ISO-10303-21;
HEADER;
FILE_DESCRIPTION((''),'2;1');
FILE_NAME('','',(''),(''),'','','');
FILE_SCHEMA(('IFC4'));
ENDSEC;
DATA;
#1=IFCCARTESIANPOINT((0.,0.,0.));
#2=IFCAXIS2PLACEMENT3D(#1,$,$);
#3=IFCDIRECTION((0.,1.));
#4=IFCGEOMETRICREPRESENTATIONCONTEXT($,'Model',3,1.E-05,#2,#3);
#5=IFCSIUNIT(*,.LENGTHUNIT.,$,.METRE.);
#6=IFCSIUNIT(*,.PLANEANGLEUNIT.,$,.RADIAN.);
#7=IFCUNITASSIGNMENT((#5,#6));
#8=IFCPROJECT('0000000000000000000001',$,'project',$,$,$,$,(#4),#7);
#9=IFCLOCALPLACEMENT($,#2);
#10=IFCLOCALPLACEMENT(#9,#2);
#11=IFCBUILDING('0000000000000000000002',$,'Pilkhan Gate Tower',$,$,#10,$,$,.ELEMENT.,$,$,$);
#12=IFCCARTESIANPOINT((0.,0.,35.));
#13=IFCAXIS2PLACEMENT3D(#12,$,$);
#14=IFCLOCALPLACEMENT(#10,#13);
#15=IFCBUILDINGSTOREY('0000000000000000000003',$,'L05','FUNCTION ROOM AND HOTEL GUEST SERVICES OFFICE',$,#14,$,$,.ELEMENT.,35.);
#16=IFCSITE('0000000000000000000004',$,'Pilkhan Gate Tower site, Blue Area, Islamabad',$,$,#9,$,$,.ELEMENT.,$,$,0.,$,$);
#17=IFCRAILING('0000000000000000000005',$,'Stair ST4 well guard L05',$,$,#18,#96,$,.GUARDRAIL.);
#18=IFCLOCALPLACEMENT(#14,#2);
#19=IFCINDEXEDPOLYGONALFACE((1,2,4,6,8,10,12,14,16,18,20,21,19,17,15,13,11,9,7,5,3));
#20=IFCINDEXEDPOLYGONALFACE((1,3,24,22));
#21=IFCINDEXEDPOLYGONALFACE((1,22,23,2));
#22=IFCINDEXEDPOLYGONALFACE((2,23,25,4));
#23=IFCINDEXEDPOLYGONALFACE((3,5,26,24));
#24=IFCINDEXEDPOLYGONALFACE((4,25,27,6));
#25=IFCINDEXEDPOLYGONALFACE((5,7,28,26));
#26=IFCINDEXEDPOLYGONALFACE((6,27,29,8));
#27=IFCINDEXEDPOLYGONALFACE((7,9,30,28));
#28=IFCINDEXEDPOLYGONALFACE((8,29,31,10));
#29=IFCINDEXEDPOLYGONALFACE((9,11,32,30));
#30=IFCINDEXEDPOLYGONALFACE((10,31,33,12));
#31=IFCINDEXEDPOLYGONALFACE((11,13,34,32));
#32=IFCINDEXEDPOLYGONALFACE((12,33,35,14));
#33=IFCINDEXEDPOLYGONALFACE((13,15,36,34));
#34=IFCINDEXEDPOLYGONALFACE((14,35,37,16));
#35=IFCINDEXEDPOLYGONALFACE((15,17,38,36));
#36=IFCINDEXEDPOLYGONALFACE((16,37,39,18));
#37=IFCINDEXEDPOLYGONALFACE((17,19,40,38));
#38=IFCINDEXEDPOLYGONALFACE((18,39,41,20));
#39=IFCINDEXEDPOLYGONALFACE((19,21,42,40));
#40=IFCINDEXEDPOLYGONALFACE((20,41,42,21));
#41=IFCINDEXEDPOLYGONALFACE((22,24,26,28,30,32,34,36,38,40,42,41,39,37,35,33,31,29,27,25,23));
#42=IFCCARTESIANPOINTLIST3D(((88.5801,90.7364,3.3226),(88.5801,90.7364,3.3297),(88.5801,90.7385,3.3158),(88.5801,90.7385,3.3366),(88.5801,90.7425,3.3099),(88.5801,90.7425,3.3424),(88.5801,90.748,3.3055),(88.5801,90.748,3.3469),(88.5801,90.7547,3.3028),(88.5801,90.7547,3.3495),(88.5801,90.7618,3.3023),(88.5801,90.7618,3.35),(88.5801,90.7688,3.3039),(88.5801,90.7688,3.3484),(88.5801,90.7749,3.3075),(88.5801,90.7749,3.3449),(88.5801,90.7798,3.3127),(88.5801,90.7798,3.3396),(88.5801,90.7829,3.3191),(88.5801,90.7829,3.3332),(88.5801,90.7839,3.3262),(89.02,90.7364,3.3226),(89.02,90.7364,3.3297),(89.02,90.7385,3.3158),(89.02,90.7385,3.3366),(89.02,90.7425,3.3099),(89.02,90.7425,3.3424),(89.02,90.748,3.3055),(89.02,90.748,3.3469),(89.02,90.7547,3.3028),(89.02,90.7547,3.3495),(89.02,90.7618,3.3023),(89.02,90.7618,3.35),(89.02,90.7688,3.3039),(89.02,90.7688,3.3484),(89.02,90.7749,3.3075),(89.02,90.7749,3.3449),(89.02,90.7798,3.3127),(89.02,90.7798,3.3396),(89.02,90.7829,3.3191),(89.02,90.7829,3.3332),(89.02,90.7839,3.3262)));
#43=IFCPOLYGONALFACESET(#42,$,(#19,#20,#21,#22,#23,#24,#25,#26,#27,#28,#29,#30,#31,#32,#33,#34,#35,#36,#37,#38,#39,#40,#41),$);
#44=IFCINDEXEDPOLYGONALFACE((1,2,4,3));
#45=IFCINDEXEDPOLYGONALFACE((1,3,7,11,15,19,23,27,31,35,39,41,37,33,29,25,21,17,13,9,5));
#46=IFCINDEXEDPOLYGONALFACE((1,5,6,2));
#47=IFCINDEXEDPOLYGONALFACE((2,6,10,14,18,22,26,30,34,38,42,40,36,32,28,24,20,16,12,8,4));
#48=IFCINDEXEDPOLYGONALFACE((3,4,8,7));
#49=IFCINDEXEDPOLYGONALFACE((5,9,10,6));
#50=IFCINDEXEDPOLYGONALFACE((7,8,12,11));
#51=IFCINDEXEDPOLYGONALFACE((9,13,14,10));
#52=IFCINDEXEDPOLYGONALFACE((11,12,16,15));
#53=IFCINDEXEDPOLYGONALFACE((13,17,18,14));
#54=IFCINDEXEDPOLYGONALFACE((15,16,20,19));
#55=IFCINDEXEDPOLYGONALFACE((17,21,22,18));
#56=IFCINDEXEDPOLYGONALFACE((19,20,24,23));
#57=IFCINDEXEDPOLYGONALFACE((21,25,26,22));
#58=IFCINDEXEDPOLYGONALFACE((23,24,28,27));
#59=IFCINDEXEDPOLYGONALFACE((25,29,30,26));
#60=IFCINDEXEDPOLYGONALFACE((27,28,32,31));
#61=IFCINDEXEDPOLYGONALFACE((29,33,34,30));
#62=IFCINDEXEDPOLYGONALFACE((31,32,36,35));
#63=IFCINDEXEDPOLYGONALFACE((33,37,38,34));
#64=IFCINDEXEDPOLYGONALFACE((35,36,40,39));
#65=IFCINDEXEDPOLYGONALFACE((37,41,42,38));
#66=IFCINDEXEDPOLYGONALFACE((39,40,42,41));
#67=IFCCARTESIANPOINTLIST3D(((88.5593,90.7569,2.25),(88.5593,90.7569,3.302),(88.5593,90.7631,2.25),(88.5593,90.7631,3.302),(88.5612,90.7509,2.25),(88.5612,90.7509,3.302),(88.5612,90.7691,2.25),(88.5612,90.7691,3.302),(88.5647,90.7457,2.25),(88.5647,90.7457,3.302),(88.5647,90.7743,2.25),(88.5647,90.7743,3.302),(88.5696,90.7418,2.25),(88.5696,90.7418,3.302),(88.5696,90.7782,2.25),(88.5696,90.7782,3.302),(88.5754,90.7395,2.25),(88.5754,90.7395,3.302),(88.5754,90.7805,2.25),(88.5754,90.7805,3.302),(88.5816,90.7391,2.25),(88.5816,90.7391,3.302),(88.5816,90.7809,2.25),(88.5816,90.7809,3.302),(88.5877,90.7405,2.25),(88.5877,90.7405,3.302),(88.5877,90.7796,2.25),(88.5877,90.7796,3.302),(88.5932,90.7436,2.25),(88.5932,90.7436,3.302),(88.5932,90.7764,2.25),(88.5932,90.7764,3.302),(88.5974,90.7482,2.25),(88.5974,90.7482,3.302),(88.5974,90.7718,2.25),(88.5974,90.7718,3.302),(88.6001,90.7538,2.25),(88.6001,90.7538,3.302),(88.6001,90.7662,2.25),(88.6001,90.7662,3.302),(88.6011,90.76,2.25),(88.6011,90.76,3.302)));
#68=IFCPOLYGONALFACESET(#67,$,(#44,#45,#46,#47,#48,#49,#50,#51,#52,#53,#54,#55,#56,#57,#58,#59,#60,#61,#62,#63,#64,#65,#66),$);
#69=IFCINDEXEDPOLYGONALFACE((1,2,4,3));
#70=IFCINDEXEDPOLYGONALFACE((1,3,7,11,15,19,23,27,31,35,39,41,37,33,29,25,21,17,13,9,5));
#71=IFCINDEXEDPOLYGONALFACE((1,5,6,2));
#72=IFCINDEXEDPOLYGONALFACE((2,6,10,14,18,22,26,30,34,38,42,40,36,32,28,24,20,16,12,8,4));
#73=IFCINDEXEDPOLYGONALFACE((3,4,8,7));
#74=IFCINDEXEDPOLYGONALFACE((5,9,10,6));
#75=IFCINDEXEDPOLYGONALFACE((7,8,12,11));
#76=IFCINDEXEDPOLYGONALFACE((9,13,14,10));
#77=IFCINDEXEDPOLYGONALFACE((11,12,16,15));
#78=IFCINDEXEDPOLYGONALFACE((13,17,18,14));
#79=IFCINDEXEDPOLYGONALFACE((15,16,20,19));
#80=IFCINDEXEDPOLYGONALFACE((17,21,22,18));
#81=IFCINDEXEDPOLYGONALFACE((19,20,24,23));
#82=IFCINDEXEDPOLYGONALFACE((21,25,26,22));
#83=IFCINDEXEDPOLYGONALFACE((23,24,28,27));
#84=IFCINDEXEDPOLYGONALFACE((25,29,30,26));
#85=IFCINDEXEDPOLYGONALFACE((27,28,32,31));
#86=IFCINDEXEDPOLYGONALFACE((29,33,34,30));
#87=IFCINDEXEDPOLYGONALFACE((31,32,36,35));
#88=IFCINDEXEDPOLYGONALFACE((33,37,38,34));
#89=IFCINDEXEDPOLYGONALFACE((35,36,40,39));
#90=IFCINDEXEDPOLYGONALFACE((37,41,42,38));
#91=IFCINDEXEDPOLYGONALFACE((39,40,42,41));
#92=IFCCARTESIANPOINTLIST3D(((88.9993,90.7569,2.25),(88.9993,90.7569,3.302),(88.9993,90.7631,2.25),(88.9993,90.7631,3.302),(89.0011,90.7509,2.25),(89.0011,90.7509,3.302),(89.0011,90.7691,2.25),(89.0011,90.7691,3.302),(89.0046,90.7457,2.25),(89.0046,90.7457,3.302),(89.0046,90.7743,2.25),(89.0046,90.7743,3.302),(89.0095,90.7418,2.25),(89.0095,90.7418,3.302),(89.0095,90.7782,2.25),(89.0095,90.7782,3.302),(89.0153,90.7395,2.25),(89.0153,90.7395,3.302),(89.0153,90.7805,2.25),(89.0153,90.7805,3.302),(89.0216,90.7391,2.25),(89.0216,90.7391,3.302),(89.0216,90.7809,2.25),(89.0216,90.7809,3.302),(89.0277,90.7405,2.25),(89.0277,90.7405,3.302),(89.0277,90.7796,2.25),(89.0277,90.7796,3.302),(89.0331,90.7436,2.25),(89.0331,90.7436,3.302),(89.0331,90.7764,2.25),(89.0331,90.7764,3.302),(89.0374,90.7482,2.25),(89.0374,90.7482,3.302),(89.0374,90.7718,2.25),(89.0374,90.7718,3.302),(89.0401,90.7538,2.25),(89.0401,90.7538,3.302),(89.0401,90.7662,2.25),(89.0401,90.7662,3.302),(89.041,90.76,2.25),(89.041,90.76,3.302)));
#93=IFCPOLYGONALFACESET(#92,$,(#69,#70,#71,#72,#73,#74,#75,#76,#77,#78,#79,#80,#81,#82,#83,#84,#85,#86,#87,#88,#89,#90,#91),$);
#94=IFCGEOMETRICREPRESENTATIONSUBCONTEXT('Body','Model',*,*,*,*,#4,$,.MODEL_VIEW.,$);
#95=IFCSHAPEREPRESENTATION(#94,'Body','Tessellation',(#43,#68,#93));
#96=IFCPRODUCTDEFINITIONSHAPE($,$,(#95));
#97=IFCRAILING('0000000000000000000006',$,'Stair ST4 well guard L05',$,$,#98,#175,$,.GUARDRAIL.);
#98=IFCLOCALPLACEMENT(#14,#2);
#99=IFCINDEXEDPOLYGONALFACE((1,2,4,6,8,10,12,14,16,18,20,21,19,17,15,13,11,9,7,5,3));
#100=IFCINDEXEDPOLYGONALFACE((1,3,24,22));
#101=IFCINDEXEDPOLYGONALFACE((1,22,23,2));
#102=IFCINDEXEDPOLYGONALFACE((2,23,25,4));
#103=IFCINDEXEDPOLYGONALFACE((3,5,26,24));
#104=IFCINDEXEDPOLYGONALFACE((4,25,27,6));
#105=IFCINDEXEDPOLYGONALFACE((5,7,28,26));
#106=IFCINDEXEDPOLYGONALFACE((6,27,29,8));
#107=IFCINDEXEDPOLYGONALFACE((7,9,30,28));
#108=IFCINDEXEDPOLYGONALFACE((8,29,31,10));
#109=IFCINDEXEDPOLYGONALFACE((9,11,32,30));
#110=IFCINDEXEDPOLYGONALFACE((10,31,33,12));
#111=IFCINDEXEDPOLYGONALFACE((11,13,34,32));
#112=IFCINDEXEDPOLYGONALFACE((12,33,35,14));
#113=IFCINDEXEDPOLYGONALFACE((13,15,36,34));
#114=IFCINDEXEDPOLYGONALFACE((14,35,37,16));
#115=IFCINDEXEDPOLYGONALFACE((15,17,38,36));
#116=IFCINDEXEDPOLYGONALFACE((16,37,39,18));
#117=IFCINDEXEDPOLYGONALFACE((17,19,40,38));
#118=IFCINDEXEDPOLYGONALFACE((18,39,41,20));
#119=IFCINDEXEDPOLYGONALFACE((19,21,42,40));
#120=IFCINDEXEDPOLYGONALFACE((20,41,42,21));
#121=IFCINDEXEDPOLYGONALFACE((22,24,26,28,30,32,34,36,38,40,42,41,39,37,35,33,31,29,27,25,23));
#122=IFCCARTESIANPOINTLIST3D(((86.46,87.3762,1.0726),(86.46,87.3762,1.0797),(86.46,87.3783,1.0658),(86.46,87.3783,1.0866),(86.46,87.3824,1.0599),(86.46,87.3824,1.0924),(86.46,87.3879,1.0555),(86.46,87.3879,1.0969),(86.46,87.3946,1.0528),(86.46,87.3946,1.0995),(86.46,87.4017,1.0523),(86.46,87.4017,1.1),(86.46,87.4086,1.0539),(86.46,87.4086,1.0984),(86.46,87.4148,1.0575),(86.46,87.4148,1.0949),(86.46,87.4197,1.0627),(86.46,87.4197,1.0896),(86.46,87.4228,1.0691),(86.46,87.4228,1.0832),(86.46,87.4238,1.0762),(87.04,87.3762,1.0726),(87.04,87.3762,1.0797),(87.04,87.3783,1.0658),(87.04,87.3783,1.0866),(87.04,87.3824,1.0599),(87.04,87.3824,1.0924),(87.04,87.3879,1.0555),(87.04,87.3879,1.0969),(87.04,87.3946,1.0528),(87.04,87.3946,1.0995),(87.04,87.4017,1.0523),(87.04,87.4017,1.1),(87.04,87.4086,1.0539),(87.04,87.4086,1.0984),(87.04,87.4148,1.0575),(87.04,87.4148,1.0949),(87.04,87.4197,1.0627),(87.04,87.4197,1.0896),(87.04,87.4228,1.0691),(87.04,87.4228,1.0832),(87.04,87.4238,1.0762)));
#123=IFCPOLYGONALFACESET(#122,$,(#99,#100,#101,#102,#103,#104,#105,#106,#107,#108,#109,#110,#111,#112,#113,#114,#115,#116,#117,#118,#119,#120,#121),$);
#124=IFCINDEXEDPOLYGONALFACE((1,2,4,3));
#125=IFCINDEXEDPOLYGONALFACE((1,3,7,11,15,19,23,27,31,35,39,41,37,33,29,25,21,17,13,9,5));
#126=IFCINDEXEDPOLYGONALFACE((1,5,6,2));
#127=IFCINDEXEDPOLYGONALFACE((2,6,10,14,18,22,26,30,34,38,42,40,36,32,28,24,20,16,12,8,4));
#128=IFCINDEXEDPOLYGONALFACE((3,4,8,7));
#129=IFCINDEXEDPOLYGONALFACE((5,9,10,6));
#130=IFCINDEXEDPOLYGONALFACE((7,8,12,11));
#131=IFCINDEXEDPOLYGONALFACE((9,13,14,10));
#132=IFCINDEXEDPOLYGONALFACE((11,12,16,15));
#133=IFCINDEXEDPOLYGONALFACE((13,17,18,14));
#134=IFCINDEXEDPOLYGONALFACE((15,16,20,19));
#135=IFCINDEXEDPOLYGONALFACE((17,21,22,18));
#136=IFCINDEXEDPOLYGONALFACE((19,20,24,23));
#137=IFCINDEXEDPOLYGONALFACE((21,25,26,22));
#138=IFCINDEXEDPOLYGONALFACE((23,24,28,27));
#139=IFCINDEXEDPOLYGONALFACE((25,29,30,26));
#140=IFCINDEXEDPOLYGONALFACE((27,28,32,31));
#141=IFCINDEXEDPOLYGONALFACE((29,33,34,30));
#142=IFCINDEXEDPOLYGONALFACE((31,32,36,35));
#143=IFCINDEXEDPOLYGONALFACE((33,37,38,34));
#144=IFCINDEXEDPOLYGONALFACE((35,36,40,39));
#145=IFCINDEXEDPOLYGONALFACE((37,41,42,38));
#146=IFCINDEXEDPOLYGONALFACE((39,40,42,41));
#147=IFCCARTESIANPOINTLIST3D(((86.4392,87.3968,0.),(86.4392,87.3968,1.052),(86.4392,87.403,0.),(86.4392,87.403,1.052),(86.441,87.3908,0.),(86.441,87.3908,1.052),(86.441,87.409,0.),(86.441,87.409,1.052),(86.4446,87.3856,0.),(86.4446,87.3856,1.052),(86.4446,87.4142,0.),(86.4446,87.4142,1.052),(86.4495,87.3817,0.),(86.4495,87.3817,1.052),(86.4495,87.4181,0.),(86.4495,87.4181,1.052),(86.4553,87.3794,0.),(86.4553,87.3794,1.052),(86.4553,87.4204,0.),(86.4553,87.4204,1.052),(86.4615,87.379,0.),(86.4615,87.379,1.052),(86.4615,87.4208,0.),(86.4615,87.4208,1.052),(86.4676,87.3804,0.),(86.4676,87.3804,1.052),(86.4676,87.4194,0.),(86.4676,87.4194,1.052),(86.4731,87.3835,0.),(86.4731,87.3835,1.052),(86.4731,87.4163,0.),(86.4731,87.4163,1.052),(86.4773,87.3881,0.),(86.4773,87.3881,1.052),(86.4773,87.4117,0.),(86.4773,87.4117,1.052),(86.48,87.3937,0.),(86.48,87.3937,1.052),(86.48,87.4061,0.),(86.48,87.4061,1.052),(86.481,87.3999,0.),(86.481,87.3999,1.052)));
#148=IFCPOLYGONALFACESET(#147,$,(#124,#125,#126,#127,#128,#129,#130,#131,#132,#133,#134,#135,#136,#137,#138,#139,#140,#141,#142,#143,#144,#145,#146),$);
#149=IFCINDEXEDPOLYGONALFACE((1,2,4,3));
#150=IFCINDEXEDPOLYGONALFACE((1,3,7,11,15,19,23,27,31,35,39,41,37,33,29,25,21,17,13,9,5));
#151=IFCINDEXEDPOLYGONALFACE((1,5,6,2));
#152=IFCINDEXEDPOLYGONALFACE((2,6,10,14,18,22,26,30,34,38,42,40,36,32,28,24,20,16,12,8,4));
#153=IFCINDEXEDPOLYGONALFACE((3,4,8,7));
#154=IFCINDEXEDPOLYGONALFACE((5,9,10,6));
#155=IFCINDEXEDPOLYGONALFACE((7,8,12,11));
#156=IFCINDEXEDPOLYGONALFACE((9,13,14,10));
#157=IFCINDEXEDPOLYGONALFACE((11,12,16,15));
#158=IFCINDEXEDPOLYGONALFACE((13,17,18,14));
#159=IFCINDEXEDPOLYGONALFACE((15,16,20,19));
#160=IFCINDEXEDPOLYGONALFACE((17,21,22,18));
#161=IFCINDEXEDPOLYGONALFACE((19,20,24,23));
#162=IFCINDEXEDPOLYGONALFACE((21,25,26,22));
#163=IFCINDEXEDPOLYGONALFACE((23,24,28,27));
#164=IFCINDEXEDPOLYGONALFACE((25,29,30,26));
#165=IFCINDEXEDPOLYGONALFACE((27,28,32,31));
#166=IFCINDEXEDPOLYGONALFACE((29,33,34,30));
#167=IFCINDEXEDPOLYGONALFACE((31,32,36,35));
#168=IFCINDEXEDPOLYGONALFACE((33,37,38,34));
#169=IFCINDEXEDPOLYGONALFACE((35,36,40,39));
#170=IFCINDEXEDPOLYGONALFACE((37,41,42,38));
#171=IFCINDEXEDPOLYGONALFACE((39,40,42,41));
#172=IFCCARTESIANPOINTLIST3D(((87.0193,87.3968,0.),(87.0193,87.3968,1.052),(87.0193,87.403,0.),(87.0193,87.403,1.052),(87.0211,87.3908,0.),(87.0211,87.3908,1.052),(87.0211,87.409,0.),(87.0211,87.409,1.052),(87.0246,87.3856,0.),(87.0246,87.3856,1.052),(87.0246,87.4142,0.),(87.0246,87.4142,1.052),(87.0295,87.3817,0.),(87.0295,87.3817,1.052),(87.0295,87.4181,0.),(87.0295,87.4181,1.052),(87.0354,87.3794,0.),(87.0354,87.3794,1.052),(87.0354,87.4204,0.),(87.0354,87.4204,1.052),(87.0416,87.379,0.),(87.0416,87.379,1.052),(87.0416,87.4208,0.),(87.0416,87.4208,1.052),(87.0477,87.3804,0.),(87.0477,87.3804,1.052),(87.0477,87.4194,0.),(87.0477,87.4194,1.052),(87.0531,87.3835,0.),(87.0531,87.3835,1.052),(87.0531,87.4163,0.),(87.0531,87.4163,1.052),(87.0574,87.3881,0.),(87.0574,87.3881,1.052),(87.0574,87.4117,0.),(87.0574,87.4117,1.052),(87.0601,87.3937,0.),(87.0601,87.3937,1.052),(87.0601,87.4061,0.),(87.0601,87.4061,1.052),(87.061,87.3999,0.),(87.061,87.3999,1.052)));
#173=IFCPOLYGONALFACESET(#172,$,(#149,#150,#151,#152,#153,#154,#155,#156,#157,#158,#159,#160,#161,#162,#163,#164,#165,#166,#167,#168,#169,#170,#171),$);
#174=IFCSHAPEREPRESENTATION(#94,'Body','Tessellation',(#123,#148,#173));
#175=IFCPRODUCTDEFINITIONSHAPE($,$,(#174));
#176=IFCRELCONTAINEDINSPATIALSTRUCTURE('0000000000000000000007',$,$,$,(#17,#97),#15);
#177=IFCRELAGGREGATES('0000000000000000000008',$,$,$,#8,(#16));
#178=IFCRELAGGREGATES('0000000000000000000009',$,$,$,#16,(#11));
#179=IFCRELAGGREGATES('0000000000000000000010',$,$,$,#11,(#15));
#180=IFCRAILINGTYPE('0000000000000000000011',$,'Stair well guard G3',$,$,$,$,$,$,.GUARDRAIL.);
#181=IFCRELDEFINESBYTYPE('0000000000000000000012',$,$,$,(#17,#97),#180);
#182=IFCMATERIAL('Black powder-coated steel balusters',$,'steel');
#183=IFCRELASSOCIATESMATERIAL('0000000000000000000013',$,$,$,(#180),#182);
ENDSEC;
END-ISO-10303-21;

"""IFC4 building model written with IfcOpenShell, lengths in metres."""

from ifc_helpers import new_model, si_unit, direction, frame, origin, origin_2d, place, context, subcontext, project, spatial, circle, extrude, material, type_object, element, save


model = new_model("IFC4")

# Units and contexts
model_context = context("Model", 3, precision=1e-05, world=origin(), true_north=direction((0.0, 1.0)))
body_context = subcontext(model_context, "Body", "Model", "MODEL_VIEW")
ifc_project = project(units=[si_unit("LENGTHUNIT", "METRE"), si_unit("PLANEANGLEUNIT", "RADIAN")], contexts=[model_context])

# Site, building, storey
site_placement = place(None, origin())
site = spatial("IfcSite", under=ifc_project, at=site_placement, Name="Pilkhan Gate Tower site, Blue Area, Islamabad", CompositionType="ELEMENT", RefElevation=0.0)
building_placement = place(site_placement, origin())
building = spatial("IfcBuilding", under=site, at=building_placement, Name="Pilkhan Gate Tower", CompositionType="ELEMENT")
storey_placement = place(building_placement, frame((0.0, 0.0, 35.0)))
storey = spatial("IfcBuildingStorey", under=building, at=storey_placement, Name="L05", Description="FUNCTION ROOM AND HOTEL GUEST SERVICES OFFICE", CompositionType="ELEMENT", Elevation=35.0)

# Railings
ifc_material_1 = material(Name="Black powder-coated steel balusters", Category="steel")
railing_type_1 = type_object("IfcRailingType", Name="Stair well guard G3", PredefinedType="GUARDRAIL", material=ifc_material_1)
railing_1_placement = place(storey_placement, frame((88.5801, 90.76, 2.25)))
element("IfcRailing", 1, at=railing_1_placement, inside=storey, type_object=railing_type_1, Name="Stair ST4 well guard L05", PredefinedType="GUARDRAIL", context=body_context, shape_type="SweptSolid", body=[
    extrude(circle(Radius=0.0239, at=origin_2d()), frame((0.0, 0.0, 1.0762), z_axis=(1.0, 0.0, 0.0), x_axis=(0.0, 1.0, 0.0)), (0.0, 0.0, 1.0), 0.4399),
    extrude(circle(Radius=0.021, at=origin_2d()), origin(), (0.0, 0.0, 1.0), 1.052),
    extrude(circle(Radius=0.021, at=origin_2d()), frame((0.4399, 0.0, 0.0)), (0.0, 0.0, 1.0), 1.052),
])
for number, where, name in (
    (2, (86.46, 87.3999, 0.0), "Stair ST4 well guard L05"),
):
    element("IfcRailing", number, at=place(storey_placement, frame(where)), inside=storey, type_object=railing_type_1, Name=name, PredefinedType="GUARDRAIL", context=body_context, shape_type="SweptSolid", body=[
        extrude(circle(Radius=0.0239, at=origin_2d()), frame((0.0, 0.0, 1.0762), z_axis=(1.0, 0.0, 0.0), x_axis=(0.0, 1.0, 0.0)), (0.0, 0.0, 1.0), 0.5801),
        extrude(circle(Radius=0.021, at=origin_2d()), origin(), (0.0, 0.0, 1.0), 1.052),
        extrude(circle(Radius=0.021, at=origin_2d()), frame((0.5801, 0.0, 0.0)), (0.0, 0.0, 1.0), 1.052),
    ])

save(model, "model.ifc")
